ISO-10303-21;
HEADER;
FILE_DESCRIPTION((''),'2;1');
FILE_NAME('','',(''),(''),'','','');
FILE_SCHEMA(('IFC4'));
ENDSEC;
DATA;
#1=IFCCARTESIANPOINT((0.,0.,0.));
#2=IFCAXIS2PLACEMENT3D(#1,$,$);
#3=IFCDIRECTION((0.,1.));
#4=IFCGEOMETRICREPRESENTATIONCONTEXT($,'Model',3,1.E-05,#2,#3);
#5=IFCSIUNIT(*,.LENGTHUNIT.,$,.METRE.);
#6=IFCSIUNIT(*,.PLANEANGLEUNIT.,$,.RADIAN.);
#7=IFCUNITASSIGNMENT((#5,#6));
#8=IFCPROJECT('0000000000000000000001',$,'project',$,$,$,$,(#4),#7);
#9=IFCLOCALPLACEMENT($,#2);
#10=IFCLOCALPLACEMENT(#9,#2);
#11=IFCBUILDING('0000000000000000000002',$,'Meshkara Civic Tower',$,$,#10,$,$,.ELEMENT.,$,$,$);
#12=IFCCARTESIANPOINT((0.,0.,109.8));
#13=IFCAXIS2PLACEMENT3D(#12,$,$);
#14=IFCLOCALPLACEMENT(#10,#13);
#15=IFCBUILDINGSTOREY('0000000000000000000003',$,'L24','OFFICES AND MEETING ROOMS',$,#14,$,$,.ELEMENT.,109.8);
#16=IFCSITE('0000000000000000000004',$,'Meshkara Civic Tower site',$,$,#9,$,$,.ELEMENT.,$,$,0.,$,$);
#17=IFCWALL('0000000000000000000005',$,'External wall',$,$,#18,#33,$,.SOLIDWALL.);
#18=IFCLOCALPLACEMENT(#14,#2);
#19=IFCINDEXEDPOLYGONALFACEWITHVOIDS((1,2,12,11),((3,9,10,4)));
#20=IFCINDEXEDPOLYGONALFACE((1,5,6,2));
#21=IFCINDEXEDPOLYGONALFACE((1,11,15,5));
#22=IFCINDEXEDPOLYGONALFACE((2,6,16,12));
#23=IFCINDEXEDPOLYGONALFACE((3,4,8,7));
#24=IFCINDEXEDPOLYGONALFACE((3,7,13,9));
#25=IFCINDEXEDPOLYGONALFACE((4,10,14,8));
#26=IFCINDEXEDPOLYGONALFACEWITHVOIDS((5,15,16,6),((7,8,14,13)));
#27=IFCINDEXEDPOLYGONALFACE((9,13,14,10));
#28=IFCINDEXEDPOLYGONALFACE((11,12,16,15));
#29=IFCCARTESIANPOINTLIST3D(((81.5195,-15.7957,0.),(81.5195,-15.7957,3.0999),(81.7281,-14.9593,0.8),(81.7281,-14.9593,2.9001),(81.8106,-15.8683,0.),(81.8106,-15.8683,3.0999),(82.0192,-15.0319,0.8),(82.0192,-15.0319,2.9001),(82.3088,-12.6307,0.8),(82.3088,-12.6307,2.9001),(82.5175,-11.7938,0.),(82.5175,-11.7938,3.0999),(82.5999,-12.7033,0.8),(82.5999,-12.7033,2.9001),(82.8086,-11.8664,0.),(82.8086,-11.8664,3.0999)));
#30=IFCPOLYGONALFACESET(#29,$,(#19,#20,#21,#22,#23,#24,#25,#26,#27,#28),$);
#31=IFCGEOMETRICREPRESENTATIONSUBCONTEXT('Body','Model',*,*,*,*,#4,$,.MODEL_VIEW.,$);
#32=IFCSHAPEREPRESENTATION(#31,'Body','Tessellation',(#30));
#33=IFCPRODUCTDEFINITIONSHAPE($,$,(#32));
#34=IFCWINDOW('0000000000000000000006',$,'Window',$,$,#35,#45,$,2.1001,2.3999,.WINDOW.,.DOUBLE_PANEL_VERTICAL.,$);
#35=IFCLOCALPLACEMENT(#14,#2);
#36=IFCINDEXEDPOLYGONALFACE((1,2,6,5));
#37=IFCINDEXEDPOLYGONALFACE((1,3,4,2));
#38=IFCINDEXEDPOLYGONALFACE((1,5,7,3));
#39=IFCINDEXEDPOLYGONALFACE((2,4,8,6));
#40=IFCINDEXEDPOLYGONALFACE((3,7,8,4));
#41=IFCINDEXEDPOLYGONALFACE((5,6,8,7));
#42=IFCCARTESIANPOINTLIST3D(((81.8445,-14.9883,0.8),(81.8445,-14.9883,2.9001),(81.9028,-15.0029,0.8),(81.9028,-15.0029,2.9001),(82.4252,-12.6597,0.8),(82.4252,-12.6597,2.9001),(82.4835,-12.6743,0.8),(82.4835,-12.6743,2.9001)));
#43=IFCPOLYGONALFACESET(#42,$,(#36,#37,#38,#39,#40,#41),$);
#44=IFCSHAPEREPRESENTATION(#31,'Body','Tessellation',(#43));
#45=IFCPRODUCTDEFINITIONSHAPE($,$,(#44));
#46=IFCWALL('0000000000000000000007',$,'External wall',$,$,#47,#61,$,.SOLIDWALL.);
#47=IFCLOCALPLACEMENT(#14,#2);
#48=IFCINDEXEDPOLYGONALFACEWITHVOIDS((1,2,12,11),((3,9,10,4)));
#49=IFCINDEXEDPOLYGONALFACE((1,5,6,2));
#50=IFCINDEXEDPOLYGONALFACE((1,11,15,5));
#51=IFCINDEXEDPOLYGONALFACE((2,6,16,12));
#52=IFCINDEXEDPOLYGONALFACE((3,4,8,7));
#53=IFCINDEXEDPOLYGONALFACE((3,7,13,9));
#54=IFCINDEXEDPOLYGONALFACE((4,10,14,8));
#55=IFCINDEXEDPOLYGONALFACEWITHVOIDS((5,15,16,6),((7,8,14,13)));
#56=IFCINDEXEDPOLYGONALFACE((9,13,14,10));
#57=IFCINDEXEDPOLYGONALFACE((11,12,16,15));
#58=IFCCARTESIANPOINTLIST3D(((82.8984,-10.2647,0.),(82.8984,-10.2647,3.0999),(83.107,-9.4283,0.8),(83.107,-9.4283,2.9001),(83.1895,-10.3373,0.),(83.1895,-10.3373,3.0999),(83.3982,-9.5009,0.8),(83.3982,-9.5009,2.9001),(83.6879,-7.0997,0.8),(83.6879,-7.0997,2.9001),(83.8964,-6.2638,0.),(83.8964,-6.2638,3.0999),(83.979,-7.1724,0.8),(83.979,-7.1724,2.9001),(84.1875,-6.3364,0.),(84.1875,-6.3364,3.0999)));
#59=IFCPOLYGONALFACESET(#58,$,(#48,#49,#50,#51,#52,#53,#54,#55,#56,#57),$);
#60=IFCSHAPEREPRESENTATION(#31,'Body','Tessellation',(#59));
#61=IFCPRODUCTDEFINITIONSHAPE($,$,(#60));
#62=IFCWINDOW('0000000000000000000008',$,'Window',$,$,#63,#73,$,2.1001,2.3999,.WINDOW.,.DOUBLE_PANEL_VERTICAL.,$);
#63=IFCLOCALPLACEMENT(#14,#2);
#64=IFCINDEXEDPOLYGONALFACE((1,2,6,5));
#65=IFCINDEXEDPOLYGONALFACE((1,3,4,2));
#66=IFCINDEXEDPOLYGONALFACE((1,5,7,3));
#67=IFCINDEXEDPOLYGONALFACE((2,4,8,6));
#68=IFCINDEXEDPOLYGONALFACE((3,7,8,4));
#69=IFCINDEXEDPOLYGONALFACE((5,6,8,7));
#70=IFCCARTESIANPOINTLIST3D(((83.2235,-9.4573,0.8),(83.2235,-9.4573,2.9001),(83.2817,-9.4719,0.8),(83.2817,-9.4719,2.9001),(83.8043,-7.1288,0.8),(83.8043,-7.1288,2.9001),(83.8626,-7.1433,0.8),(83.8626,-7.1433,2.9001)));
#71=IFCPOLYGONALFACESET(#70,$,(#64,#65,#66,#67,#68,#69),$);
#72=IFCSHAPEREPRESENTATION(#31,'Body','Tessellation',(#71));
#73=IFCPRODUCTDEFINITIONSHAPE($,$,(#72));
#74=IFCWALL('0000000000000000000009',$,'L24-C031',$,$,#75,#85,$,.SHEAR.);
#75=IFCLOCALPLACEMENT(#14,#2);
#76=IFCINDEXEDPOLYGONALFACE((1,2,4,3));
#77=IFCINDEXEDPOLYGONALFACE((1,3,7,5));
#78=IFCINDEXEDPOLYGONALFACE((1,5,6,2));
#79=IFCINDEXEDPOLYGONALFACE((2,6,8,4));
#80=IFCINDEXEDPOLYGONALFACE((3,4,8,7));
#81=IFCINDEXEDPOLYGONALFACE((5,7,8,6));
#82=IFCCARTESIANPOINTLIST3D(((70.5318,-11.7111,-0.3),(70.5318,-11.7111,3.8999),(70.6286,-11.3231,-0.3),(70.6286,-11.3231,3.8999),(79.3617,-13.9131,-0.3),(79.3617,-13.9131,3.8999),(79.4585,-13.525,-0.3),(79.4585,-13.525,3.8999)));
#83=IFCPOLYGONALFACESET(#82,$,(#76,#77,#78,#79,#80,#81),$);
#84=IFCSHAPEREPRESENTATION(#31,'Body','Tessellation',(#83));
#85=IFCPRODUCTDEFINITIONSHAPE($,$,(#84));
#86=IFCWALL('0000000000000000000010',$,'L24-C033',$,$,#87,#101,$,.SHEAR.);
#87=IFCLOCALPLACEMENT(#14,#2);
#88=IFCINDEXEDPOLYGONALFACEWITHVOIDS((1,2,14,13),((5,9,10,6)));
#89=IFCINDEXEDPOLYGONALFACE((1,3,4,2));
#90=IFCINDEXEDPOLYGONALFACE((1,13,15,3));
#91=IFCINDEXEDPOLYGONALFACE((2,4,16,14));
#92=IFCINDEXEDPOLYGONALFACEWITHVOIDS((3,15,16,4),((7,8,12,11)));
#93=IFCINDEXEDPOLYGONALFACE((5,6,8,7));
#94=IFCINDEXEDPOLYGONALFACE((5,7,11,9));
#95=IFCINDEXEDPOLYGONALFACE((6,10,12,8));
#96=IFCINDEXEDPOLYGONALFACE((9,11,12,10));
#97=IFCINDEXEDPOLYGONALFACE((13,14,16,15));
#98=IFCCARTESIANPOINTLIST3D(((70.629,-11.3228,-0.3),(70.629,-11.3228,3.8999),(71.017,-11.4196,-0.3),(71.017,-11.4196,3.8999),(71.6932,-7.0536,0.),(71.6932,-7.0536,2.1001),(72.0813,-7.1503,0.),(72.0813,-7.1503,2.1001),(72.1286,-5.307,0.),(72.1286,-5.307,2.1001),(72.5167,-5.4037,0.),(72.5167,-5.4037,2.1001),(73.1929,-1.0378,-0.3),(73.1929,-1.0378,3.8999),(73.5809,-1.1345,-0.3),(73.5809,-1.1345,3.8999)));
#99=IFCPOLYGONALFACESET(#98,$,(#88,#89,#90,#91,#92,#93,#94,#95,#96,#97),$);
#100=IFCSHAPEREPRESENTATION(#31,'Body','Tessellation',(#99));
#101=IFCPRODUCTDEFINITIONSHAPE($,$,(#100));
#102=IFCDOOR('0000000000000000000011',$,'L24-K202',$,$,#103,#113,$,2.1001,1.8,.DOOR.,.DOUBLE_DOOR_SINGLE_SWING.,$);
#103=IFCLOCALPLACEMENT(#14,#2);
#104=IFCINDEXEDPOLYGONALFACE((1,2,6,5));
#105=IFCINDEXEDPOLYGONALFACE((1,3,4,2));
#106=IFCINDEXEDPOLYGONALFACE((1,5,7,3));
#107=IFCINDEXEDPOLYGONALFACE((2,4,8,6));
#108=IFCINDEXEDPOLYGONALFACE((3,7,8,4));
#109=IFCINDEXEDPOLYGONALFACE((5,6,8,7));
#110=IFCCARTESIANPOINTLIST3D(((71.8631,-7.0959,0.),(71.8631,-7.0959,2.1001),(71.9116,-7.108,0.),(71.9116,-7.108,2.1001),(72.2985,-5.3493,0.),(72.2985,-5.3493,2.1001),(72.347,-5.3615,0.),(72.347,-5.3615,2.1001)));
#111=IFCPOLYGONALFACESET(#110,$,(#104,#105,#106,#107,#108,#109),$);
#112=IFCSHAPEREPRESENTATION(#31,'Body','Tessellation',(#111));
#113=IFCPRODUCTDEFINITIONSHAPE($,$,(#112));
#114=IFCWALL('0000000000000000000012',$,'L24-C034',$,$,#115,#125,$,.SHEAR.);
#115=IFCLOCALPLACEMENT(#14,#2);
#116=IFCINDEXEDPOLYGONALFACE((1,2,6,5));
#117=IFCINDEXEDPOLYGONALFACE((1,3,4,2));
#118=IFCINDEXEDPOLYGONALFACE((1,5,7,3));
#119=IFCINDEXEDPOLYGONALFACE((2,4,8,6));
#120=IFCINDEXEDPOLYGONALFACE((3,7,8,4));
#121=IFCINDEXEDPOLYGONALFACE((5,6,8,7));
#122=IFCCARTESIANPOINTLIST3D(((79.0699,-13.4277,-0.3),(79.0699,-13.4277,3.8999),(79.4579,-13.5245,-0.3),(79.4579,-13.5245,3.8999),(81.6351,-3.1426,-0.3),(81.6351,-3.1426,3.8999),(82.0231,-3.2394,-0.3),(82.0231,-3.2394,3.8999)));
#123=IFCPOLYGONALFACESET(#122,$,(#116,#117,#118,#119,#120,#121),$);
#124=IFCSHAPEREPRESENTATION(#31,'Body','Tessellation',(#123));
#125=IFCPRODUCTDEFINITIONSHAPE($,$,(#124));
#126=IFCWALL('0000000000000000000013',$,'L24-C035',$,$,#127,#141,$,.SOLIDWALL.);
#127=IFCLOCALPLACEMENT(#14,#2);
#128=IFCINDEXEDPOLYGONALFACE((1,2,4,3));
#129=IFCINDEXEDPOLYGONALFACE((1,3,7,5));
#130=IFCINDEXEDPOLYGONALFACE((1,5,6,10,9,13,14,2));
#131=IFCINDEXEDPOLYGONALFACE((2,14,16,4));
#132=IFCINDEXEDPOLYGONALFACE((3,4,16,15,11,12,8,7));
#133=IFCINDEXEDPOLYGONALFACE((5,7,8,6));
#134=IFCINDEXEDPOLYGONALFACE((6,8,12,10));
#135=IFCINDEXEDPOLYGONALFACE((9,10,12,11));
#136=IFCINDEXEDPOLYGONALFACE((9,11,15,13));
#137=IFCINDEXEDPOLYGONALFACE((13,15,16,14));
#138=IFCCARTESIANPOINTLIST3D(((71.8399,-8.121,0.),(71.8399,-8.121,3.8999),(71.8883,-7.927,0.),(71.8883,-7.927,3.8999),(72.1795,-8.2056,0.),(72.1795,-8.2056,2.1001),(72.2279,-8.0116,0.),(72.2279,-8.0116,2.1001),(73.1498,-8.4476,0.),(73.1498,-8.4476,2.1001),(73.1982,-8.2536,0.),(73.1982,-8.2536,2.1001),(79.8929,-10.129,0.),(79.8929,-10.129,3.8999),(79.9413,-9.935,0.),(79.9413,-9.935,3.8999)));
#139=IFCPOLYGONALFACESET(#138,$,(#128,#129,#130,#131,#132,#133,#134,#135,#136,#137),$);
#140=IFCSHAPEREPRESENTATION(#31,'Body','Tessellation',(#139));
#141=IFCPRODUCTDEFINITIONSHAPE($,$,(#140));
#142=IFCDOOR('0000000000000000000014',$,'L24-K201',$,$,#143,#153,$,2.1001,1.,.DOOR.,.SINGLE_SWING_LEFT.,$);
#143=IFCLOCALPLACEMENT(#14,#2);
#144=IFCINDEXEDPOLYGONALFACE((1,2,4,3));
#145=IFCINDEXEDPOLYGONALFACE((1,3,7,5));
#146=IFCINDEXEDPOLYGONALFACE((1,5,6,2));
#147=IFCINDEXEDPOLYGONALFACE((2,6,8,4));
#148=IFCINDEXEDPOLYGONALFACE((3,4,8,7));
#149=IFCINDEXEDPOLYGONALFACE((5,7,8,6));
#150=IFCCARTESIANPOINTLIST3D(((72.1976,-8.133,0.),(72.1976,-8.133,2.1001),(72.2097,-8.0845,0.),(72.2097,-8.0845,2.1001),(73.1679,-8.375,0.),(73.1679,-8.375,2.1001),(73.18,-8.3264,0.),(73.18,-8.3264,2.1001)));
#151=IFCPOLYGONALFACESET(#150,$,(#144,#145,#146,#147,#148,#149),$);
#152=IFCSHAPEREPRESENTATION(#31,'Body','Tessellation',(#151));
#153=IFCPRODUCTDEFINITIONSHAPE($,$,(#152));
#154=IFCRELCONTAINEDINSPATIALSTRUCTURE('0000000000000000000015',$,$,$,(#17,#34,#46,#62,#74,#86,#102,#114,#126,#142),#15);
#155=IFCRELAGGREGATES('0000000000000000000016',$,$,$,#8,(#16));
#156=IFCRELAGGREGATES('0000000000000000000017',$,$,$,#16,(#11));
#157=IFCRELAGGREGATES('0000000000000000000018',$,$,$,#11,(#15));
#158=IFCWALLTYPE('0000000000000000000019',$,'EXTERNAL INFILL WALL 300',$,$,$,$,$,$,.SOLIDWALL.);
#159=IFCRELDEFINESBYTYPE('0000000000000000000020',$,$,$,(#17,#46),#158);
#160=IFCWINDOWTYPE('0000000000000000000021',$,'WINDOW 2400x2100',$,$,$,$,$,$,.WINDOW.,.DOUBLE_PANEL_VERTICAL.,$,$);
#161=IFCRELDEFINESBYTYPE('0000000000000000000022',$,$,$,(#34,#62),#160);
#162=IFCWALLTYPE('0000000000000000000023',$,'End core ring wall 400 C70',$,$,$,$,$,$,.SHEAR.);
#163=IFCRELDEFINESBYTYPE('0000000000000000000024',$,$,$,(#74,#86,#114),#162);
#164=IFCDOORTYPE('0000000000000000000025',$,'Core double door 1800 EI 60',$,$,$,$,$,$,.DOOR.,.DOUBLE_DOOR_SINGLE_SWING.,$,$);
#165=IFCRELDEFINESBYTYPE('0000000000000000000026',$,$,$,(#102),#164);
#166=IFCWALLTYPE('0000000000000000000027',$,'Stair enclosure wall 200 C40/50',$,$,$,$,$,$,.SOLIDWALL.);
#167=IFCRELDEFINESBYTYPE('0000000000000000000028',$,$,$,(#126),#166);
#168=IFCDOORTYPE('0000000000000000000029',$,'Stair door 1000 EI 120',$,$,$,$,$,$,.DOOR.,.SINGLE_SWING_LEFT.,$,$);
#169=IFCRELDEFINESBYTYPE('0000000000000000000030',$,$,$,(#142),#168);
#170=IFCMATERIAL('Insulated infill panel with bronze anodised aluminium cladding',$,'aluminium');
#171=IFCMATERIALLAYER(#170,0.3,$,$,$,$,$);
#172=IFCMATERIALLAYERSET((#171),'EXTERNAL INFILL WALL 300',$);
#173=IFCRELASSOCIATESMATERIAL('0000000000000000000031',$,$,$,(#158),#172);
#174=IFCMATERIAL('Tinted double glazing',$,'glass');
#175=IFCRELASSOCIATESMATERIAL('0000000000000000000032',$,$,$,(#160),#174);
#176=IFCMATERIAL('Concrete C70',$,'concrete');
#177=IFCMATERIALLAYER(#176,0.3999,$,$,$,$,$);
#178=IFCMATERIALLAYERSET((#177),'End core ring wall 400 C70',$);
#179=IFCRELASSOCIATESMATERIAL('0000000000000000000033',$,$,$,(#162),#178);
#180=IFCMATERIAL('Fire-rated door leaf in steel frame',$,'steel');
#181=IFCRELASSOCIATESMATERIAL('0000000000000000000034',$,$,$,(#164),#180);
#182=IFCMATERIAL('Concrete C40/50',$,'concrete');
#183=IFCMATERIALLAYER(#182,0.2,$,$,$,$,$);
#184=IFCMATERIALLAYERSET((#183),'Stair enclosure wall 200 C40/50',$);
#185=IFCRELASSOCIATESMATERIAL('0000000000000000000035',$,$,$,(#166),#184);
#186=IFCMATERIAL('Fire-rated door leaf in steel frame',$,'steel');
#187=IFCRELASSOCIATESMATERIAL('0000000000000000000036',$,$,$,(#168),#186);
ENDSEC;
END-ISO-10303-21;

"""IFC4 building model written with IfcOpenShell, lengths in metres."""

from ifc_helpers import new_model, si_unit, direction, frame, frame_2d, origin, place, context, subcontext, project, spatial, rectangle, extrude, material, layer, layer_set, type_object, element, fill, save


model = new_model("IFC4")

# Units and contexts
model_context = context("Model", 3, precision=1e-05, world=origin(), true_north=direction((0.0, 1.0)))
body_context = subcontext(model_context, "Body", "Model", "MODEL_VIEW")
ifc_project = project(units=[si_unit("LENGTHUNIT", "METRE"), si_unit("PLANEANGLEUNIT", "RADIAN")], contexts=[model_context])

# Site, building, storey
site_placement = place(None, origin())
site = spatial("IfcSite", under=ifc_project, at=site_placement, Name="Meshkara Civic Tower site", CompositionType="ELEMENT", RefElevation=0.0)
building_placement = place(site_placement, origin())
building = spatial("IfcBuilding", under=site, at=building_placement, Name="Meshkara Civic Tower", CompositionType="ELEMENT")
storey_placement = place(building_placement, frame((0.0, 0.0, 109.8)))
storey = spatial("IfcBuildingStorey", under=building, at=storey_placement, Name="L24", Description="OFFICES AND MEETING ROOMS", CompositionType="ELEMENT", Elevation=109.8)

# Walls, openings, windows
ifc_material_1 = material(Name="Insulated infill panel with bronze anodised aluminium cladding", Category="aluminium")
ifc_layer_1 = layer(ifc_material_1, 0.3)
ifc_layer_set_1 = layer_set([ifc_layer_1], Name="EXTERNAL INFILL WALL 300")
wall_type_1 = type_object("IfcWallType", Name="EXTERNAL INFILL WALL 300", PredefinedType="SOLIDWALL", material=ifc_layer_set_1)
ifc_material_2 = material(Name="Tinted double glazing", Category="glass")
window_type_1 = type_object("IfcWindowType", Name="WINDOW 2400x2100", PartitioningType="DOUBLE_PANEL_VERTICAL", PredefinedType="WINDOW", material=ifc_material_2)
wall_1_placement = place(storey_placement, frame((81.665, -15.832, 0.0), z_axis=(0.0, 0.0, 1.0), x_axis=(0.241978, 0.970282, 0.0)))
wall_1 = element("IfcWall", 1, at=wall_1_placement, inside=storey, type_object=wall_type_1, Name="External wall", PredefinedType="SOLIDWALL", context=body_context, shape_type="SweptSolid", body=[
    extrude(rectangle(XDim=4.1245, YDim=0.3, at=frame_2d((2.0623, 0.0))), origin(), (0.0, 0.0, 1.0), 3.0999),
])
opening_1_placement = place(wall_1_placement, frame((0.8621, 0.0, 0.8)))
opening_1 = element("IfcOpeningElement", 2, at=opening_1_placement, cuts=wall_1, PredefinedType="OPENING", context=body_context, shape_type="SweptSolid", body=[
    extrude(rectangle(XDim=2.3999, YDim=2.1001, at=frame_2d((1.2, 1.05))), frame((0.0, 0.1599, 0.0), z_axis=(0.0, -1.0, 0.0), x_axis=(1.0, 0.0, 0.0)), (0.0, 0.0, 1.0), 0.3201),
])
window_1_placement = place(opening_1_placement, origin())
window_1 = element("IfcWindow", 3, at=window_1_placement, inside=storey, type_object=window_type_1, Name="Window", OverallHeight=2.1001, OverallWidth=2.3999, PartitioningType="DOUBLE_PANEL_VERTICAL", PredefinedType="WINDOW", context=body_context, shape_type="SweptSolid", body=[
    extrude(rectangle(XDim=2.3999, YDim=2.1001, at=frame_2d((1.2, 1.05))), frame((0.0, 0.03, 0.0), z_axis=(0.0, -1.0, 0.0), x_axis=(1.0, 0.0, 0.0)), (0.0, 0.0, 1.0), 0.0601),
])
fill(opening_1, window_1)
wall_2_placement = place(storey_placement, frame((83.0439, -10.301, 0.0), z_axis=(0.0, 0.0, 1.0), x_axis=(0.242034, 0.970268, 0.0)))
wall_2 = element("IfcWall", 4, at=wall_2_placement, inside=storey, type_object=wall_type_1, Name="External wall", PredefinedType="SOLIDWALL", context=body_context, shape_type="SweptSolid", body=[
    extrude(rectangle(XDim=4.1235, YDim=0.3, at=frame_2d((2.0618, 0.0))), origin(), (0.0, 0.0, 1.0), 3.0999),
])
opening_2_placement = place(wall_2_placement, frame((0.8621, 0.0, 0.8)))
opening_2 = element("IfcOpeningElement", 5, at=opening_2_placement, cuts=wall_2, PredefinedType="OPENING", context=body_context, shape_type="SweptSolid", body=[
    extrude(rectangle(XDim=2.3999, YDim=2.1001, at=frame_2d((1.2, 1.05))), frame((0.0, 0.1599, 0.0), z_axis=(0.0, -1.0, 0.0), x_axis=(1.0, 0.0, 0.0)), (0.0, 0.0, 1.0), 0.3201),
])
window_2_placement = place(opening_2_placement, origin())
window_2 = element("IfcWindow", 6, at=window_2_placement, inside=storey, type_object=window_type_1, Name="Window", OverallHeight=2.1001, OverallWidth=2.3999, PartitioningType="DOUBLE_PANEL_VERTICAL", PredefinedType="WINDOW", context=body_context, shape_type="SweptSolid", body=[
    extrude(rectangle(XDim=2.3999, YDim=2.1001, at=frame_2d((1.2, 1.05))), frame((0.0, 0.03, 0.0), z_axis=(0.0, -1.0, 0.0), x_axis=(1.0, 0.0, 0.0)), (0.0, 0.0, 1.0), 0.0601),
])
fill(opening_2, window_2)

# Wall
ifc_material_3 = material(Name="Concrete C70", Category="concrete")
ifc_layer_2 = layer(ifc_material_3, 0.3999)
ifc_layer_set_2 = layer_set([ifc_layer_2], Name="End core ring wall 400 C70")
wall_type_2 = type_object("IfcWallType", Name="End core ring wall 400 C70", PredefinedType="SHEAR", material=ifc_layer_set_2)
wall_3_placement = place(storey_placement, frame((70.5801, -11.5171, -0.3), z_axis=(0.0, 0.0, 1.0), x_axis=(0.970286, -0.241961, 0.0)))
element("IfcWall", 7, at=wall_3_placement, inside=storey, type_object=wall_type_2, Name="L24-C031", PredefinedType="SHEAR", context=body_context, shape_type="SweptSolid", body=[
    extrude(rectangle(XDim=9.1003, YDim=0.3999, at=frame_2d((4.5503, 0.0))), origin(), (0.0, 0.0, 1.0), 4.2),
])

# Wall, opening, door
wall_4_placement = place(storey_placement, frame((70.823, -11.3711, -0.3), z_axis=(0.0, 0.0, 1.0), x_axis=(0.241885, 0.970305, 0.0)))
wall_4 = element("IfcWall", 8, at=wall_4_placement, inside=storey, type_object=wall_type_2, Name="L24-C033", PredefinedType="SHEAR", context=body_context, shape_type="SweptSolid", body=[
    extrude(rectangle(XDim=10.5999, YDim=0.3999, at=frame_2d((5.2998, 0.0))), origin(), (0.0, 0.0, 1.0), 4.2),
])
opening_3_placement = place(wall_4_placement, frame((4.3999, 0.0, 0.3)))
opening_3 = element("IfcOpeningElement", 9, at=opening_3_placement, cuts=wall_4, PredefinedType="OPENING", context=body_context, shape_type="SweptSolid", body=[
    extrude(rectangle(XDim=1.8, YDim=2.1001, at=frame_2d((0.8999, 1.05))), frame((0.0, 0.21, 0.0), z_axis=(0.0, -1.0, 0.0), x_axis=(1.0, 0.0, 0.0)), (0.0, 0.0, 1.0), 0.4199),
])
ifc_material_4 = material(Name="Fire-rated door leaf in steel frame", Category="steel")
door_type_1 = type_object("IfcDoorType", Name="Core double door 1800 EI 60", OperationType="DOUBLE_DOOR_SINGLE_SWING", PredefinedType="DOOR", material=ifc_material_4)
door_1_placement = place(opening_3_placement, origin())
door_1 = element("IfcDoor", 10, at=door_1_placement, inside=storey, type_object=door_type_1, Name="L24-K202", OperationType="DOUBLE_DOOR_SINGLE_SWING", OverallHeight=2.1001, OverallWidth=1.8, PredefinedType="DOOR", context=body_context, shape_type="SweptSolid", body=[
    extrude(rectangle(XDim=1.8, YDim=2.1001, at=frame_2d((0.8999, 1.05))), frame((0.0, 0.0249, 0.0), z_axis=(0.0, -1.0, 0.0), x_axis=(1.0, 0.0, 0.0)), (0.0, 0.0, 1.0), 0.05),
])
fill(opening_3, door_1)

# Wall
wall_5_placement = place(storey_placement, frame((79.2639, -13.4761, -0.3), z_axis=(0.0, 0.0, 1.0), x_axis=(0.241994, 0.970278, 0.0)))
element("IfcWall", 11, at=wall_5_placement, inside=storey, type_object=wall_type_2, Name="L24-C034", PredefinedType="SHEAR", context=body_context, shape_type="SweptSolid", body=[
    extrude(rectangle(XDim=10.6001, YDim=0.3999, at=frame_2d((5.3, 0.0))), origin(), (0.0, 0.0, 1.0), 4.2),
])

# Wall, opening, door
ifc_material_5 = material(Name="Concrete C40/50", Category="concrete")
ifc_layer_3 = layer(ifc_material_5, 0.2)
ifc_layer_set_3 = layer_set([ifc_layer_3], Name="Stair enclosure wall 200 C40/50")
wall_type_3 = type_object("IfcWallType", Name="Stair enclosure wall 200 C40/50", PredefinedType="SOLIDWALL", material=ifc_layer_set_3)
wall_6_placement = place(storey_placement, frame((71.864, -8.0239, 0.0), z_axis=(0.0, 0.0, 1.0), x_axis=(0.970289, -0.241947, 0.0)))
wall_6 = element("IfcWall", 12, at=wall_6_placement, inside=storey, type_object=wall_type_3, Name="L24-C035", PredefinedType="SOLIDWALL", context=body_context, shape_type="SweptSolid", body=[
    extrude(rectangle(XDim=8.2996, YDim=0.2, at=frame_2d((4.1499, 0.0))), origin(), (0.0, 0.0, 1.0), 3.8999),
])
opening_4_placement = place(wall_6_placement, frame((0.3501, 0.0, 0.0)))
opening_4 = element("IfcOpeningElement", 13, at=opening_4_placement, cuts=wall_6, PredefinedType="OPENING", context=body_context, shape_type="SweptSolid", body=[
    extrude(rectangle(XDim=1.0, YDim=2.1001, at=frame_2d((0.5, 1.05))), frame((0.0, 0.1099, 0.0), z_axis=(0.0, -1.0, 0.0), x_axis=(1.0, 0.0, 0.0)), (0.0, 0.0, 1.0), 0.22),
])
ifc_material_6 = material(Name="Fire-rated door leaf in steel frame", Category="steel")
door_type_2 = type_object("IfcDoorType", Name="Stair door 1000 EI 120", OperationType="SINGLE_SWING_LEFT", PredefinedType="DOOR", material=ifc_material_6)
door_2_placement = place(opening_4_placement, origin())
door_2 = element("IfcDoor", 14, at=door_2_placement, inside=storey, type_object=door_type_2, Name="L24-K201", OperationType="SINGLE_SWING_LEFT", OverallHeight=2.1001, OverallWidth=1.0, PredefinedType="DOOR", context=body_context, shape_type="SweptSolid", body=[
    extrude(rectangle(XDim=1.0, YDim=2.1001, at=frame_2d((0.5, 1.05))), frame((0.0, 0.0249, 0.0), z_axis=(0.0, -1.0, 0.0), x_axis=(1.0, 0.0, 0.0)), (0.0, 0.0, 1.0), 0.05),
])
fill(opening_4, door_2)

save(model, "model.ifc")
